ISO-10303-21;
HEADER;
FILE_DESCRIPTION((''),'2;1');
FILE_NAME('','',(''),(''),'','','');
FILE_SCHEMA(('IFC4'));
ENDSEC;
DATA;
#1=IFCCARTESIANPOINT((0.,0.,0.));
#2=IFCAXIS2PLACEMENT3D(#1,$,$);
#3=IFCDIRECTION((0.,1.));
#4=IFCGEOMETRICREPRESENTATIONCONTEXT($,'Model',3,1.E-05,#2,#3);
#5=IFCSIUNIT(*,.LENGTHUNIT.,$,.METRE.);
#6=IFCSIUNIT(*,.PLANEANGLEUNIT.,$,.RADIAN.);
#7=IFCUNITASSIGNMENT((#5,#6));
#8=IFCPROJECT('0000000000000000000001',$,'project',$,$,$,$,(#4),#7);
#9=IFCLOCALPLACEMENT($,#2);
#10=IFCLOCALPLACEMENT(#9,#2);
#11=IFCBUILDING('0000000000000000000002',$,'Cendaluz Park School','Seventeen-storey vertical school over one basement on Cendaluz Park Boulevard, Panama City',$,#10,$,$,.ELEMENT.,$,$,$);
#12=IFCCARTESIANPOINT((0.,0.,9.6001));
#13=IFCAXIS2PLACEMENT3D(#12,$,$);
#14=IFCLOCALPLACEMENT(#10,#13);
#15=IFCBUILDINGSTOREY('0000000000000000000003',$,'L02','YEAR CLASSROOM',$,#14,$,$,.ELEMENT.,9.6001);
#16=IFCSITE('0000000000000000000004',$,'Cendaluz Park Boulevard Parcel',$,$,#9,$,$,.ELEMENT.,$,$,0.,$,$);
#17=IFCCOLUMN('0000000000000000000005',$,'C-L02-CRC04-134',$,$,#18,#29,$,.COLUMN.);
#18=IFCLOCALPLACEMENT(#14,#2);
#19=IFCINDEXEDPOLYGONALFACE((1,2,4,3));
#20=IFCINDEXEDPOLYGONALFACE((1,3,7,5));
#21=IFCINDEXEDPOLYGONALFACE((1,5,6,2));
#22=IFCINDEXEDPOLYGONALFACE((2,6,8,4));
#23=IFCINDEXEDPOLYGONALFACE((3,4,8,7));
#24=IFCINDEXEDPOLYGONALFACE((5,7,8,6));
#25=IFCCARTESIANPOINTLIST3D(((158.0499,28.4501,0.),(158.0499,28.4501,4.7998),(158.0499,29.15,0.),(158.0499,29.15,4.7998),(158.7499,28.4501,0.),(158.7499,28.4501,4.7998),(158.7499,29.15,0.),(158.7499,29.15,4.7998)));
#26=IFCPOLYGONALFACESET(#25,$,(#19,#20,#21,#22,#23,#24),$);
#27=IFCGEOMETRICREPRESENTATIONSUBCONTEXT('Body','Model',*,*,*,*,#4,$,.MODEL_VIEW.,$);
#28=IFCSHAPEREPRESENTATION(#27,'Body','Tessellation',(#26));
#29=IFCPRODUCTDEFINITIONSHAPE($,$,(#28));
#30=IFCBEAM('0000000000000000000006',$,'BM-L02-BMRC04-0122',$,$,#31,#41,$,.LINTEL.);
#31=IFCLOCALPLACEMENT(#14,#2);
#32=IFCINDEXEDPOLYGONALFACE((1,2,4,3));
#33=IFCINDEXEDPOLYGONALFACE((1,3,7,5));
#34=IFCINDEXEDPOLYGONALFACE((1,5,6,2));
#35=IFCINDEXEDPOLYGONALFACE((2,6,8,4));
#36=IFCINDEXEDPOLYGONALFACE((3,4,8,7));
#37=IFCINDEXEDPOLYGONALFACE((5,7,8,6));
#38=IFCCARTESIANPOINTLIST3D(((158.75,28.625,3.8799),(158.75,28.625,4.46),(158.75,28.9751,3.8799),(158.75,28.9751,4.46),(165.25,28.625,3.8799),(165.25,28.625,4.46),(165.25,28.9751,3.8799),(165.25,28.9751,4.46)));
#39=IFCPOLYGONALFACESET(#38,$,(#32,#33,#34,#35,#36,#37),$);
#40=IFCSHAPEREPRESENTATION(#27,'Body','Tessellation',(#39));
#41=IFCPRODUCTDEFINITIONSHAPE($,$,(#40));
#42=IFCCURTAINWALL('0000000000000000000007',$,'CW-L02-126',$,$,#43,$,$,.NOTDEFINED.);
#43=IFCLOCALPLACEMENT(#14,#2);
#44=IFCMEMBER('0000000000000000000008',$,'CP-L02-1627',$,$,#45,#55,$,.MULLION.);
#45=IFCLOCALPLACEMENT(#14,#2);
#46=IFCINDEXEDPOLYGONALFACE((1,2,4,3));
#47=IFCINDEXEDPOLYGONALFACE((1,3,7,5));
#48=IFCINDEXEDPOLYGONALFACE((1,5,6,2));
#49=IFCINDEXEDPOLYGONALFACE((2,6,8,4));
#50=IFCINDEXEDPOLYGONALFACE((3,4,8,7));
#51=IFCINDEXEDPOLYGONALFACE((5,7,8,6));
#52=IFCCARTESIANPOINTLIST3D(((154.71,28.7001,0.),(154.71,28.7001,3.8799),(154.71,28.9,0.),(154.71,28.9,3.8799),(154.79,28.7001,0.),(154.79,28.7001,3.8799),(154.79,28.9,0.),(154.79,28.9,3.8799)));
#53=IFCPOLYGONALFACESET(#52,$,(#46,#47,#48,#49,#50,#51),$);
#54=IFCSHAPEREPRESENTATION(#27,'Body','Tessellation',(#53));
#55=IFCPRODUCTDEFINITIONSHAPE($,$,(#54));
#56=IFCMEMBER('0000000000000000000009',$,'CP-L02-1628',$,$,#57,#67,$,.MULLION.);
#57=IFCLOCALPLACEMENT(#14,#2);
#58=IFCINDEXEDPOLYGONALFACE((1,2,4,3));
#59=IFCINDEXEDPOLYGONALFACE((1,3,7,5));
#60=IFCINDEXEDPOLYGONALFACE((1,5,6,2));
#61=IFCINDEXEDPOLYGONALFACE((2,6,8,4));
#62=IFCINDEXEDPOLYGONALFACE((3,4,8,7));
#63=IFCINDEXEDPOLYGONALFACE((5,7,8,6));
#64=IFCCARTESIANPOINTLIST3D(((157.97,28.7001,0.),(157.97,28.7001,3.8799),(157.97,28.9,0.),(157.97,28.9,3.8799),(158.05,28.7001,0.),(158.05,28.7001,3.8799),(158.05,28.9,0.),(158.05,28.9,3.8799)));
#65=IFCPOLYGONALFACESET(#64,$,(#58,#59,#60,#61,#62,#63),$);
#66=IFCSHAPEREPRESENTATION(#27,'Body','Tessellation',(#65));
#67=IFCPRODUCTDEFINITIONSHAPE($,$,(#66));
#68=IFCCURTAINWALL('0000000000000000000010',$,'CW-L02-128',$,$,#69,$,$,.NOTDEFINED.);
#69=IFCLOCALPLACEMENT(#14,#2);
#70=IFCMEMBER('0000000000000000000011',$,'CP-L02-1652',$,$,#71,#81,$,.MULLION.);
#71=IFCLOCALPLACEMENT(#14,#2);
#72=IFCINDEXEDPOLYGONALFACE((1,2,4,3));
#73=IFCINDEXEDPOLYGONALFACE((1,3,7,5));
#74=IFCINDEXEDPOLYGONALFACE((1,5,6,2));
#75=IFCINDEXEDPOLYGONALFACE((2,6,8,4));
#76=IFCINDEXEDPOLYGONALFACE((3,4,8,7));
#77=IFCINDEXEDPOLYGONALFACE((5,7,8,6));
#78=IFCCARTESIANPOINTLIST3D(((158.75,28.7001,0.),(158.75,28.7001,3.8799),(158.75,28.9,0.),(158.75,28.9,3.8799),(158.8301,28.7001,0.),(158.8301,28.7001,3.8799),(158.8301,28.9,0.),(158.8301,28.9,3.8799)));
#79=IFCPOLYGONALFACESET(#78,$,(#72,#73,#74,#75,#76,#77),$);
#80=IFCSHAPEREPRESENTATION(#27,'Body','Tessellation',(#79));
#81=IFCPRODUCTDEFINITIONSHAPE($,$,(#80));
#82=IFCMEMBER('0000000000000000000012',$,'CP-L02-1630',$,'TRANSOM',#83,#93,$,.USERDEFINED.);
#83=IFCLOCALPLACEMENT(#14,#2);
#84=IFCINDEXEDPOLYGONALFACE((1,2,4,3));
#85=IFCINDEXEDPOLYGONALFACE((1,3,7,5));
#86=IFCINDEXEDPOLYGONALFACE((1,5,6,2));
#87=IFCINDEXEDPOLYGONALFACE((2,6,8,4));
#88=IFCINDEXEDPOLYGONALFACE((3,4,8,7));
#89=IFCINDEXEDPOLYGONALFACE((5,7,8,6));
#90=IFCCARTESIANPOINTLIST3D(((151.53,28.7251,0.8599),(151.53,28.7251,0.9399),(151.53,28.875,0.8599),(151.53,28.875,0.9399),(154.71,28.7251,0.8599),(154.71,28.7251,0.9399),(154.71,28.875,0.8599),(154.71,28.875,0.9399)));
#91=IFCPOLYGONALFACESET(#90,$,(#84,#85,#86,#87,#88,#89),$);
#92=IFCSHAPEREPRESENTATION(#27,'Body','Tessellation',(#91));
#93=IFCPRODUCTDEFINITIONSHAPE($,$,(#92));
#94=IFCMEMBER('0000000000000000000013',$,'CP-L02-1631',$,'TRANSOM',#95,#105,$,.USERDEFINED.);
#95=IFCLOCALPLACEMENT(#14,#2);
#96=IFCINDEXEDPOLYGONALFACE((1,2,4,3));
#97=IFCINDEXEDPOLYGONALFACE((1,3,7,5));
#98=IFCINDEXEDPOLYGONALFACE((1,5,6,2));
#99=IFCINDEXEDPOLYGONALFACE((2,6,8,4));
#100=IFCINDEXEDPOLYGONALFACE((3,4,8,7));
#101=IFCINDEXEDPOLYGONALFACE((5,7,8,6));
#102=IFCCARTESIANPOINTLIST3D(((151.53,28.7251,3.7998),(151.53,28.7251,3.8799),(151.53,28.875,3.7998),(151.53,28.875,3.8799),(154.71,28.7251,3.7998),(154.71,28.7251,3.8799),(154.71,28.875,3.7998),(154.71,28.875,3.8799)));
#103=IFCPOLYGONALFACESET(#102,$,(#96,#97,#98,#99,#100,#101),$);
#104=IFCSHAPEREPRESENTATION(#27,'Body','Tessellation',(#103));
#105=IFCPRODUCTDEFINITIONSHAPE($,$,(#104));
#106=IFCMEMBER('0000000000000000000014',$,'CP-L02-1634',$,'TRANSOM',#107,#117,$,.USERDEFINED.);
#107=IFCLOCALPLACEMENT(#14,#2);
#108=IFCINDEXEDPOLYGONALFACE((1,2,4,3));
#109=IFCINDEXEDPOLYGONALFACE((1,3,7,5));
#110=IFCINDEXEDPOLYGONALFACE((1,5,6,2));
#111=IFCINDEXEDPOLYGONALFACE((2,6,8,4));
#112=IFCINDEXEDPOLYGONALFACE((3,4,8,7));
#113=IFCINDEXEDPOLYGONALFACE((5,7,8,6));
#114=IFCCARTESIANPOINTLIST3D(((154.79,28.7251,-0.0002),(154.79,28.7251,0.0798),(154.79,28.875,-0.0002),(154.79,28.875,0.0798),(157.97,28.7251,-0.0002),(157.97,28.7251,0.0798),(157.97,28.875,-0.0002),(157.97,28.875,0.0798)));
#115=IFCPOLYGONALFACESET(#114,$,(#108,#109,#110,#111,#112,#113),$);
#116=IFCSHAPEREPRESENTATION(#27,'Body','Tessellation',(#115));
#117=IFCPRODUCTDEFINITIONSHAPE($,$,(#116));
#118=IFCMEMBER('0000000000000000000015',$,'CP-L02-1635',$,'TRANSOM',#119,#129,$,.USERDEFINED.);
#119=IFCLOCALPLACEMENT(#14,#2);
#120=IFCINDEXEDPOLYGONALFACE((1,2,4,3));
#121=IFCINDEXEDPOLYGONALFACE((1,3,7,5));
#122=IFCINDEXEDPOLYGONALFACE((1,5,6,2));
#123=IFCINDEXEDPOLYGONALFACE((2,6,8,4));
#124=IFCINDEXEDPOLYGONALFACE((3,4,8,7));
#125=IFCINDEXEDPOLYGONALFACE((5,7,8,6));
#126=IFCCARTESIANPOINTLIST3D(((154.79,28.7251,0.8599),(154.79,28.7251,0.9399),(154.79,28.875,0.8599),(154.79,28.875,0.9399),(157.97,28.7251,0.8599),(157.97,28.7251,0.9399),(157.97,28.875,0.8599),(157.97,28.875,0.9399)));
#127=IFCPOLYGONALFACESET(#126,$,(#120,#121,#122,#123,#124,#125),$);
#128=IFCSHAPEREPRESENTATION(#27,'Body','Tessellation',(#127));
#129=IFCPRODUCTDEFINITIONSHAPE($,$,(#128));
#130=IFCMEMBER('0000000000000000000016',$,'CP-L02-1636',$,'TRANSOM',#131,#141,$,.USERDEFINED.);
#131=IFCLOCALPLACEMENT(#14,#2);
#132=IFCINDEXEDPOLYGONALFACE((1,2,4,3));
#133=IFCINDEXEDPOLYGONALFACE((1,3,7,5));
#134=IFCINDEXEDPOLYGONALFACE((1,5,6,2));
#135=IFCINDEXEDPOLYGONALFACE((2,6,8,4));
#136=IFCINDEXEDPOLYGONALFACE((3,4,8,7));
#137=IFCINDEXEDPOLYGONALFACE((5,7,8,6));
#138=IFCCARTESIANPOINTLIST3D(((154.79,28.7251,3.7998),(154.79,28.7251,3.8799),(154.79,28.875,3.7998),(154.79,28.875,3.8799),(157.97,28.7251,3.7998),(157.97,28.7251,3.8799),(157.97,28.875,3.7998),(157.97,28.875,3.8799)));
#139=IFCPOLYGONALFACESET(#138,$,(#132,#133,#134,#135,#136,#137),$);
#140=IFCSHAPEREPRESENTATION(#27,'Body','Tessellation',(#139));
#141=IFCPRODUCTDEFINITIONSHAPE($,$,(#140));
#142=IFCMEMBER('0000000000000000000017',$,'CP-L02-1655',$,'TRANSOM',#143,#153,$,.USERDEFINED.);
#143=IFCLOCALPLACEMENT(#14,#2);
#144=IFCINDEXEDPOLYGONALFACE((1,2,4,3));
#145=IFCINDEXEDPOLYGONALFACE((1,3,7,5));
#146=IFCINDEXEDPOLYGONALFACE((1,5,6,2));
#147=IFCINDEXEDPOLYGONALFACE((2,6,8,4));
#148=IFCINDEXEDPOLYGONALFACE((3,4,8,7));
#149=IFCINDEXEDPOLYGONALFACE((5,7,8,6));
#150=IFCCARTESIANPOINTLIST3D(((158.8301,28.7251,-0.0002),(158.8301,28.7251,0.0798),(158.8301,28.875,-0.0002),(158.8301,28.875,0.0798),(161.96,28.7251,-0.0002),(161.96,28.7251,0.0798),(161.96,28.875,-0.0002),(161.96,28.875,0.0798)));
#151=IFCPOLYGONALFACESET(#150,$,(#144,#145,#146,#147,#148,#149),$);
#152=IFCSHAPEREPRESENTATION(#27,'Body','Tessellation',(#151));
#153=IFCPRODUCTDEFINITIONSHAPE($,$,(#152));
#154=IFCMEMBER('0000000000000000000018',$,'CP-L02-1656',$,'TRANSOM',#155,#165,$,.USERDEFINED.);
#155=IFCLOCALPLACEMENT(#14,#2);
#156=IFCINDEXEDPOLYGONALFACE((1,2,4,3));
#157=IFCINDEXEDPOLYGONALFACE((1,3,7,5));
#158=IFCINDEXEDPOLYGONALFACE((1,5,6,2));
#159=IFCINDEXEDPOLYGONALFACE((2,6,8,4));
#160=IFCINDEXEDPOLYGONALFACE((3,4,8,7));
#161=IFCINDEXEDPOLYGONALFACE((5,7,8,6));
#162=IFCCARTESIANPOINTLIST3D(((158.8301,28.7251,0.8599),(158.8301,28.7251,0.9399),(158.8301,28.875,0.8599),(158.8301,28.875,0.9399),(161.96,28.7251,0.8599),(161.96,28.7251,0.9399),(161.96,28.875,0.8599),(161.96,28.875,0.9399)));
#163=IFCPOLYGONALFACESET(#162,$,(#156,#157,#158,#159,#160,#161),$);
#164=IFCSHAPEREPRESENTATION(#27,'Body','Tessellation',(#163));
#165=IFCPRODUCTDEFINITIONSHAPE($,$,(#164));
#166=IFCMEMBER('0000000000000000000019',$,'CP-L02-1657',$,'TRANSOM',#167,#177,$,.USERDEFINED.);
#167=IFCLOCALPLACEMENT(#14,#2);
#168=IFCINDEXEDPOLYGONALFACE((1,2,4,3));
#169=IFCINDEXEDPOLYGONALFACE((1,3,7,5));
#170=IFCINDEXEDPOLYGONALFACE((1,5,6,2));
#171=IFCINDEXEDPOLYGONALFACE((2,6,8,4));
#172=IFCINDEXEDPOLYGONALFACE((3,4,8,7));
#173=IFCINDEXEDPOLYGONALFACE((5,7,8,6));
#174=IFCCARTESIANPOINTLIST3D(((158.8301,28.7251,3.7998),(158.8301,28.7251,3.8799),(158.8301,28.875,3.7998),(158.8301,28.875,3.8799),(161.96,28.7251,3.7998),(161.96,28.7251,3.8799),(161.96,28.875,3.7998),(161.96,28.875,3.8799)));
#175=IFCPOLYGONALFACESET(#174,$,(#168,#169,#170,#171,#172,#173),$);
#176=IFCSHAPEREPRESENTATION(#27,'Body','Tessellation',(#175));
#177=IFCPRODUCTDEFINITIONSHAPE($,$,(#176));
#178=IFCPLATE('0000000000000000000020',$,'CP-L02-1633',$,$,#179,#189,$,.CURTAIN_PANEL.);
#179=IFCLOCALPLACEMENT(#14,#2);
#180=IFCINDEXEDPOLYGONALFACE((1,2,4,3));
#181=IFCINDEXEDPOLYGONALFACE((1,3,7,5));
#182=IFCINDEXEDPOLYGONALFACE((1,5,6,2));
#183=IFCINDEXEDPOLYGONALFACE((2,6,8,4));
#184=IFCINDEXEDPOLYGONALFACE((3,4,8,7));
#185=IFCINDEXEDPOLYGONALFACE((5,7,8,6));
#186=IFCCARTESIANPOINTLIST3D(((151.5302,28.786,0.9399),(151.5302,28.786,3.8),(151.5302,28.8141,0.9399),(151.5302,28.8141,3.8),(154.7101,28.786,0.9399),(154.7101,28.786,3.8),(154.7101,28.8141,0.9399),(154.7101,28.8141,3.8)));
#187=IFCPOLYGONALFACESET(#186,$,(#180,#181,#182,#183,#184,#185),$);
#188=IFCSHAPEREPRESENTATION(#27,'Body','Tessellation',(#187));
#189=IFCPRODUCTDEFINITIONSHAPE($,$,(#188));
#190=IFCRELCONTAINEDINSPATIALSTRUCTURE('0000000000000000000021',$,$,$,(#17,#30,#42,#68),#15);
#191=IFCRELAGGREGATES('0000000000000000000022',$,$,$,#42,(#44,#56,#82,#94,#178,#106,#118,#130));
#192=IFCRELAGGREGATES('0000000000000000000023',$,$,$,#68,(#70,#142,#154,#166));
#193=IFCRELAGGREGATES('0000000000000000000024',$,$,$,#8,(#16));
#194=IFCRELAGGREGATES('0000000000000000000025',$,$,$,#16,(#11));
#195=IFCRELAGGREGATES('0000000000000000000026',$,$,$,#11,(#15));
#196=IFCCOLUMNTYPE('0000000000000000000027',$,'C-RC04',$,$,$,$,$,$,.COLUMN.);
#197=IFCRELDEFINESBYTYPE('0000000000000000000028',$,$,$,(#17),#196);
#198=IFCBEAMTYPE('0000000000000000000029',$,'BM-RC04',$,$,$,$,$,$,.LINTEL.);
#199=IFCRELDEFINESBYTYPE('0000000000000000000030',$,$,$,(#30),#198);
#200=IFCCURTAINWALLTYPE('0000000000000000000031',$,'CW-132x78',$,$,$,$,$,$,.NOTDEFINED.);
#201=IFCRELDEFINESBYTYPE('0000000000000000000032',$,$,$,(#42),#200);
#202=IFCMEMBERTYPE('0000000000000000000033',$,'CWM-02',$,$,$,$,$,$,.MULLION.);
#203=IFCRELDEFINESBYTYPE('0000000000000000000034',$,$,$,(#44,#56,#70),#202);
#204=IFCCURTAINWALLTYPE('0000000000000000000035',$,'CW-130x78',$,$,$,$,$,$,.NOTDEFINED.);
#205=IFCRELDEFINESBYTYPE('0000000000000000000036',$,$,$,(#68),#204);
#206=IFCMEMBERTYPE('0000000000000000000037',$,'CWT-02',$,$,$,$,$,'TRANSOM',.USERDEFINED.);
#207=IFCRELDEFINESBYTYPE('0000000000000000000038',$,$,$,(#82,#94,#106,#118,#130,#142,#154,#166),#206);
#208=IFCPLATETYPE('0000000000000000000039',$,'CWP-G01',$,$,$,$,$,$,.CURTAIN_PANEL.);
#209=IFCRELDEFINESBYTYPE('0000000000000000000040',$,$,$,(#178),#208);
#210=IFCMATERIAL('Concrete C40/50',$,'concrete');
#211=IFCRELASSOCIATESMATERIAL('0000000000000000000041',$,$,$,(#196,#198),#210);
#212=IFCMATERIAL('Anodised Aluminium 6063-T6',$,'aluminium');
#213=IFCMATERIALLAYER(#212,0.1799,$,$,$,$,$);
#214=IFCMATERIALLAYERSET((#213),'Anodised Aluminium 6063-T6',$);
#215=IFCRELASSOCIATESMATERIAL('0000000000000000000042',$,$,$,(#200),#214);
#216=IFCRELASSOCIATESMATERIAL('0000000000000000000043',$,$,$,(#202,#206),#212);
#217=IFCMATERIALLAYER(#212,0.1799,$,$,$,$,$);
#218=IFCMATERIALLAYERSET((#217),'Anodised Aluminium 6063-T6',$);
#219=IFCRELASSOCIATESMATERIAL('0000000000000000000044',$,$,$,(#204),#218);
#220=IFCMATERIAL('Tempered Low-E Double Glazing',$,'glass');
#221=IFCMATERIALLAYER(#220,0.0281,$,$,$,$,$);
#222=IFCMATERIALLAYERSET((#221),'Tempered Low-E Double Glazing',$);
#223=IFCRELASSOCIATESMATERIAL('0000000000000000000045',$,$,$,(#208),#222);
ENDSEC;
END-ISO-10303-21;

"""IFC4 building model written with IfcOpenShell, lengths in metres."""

from ifc_helpers import new_model, si_unit, direction, frame, origin, origin_2d, place, context, subcontext, project, spatial, rectangle, extrude, material, layer, layer_set, material_profile, profile_set, type_object, element, aggregate, save


model = new_model("IFC4")

# Units and contexts
model_context = context("Model", 3, precision=1e-05, world=origin(), true_north=direction((0.0, 1.0)))
body_context = subcontext(model_context, "Body", "Model", "MODEL_VIEW")
ifc_project = project(units=[si_unit("LENGTHUNIT", "METRE"), si_unit("PLANEANGLEUNIT", "RADIAN")], contexts=[model_context])

# Site, building, storey
site_placement = place(None, origin())
site = spatial("IfcSite", under=ifc_project, at=site_placement, Name="Cendaluz Park Boulevard Parcel", CompositionType="ELEMENT", RefElevation=0.0)
building_placement = place(site_placement, origin())
building = spatial("IfcBuilding", under=site, at=building_placement, Name="Cendaluz Park School", Description="Seventeen-storey vertical school over one basement on Cendaluz Park Boulevard, Panama City", CompositionType="ELEMENT")
storey_placement = place(building_placement, frame((0.0, 0.0, 9.6001)))
storey = spatial("IfcBuildingStorey", under=building, at=storey_placement, Name="L02", Description="YEAR CLASSROOM", CompositionType="ELEMENT", Elevation=9.6001)

# Column
ifc_material_1 = material(Name="Concrete C40/50", Category="concrete")
ifc_material_profile_1 = material_profile(ifc_material_1, rectangle(XDim=0.7, YDim=0.7, at=origin_2d()), Name="RC 700x700", Category="concrete")
ifc_profile_set_1 = profile_set([ifc_material_profile_1], Name="Concrete C40/50")
column_type = type_object("IfcColumnType", Name="C-RC04", PredefinedType="COLUMN", material=ifc_profile_set_1)
column_placement = place(storey_placement, frame((158.3999, 28.8, 0.0), z_axis=(0.0, 0.0, 1.0), x_axis=(1.0, 0.0, 0.0)))
element("IfcColumn", 1, at=column_placement, inside=storey, type_object=column_type, Name="C-L02-CRC04-134", PredefinedType="COLUMN", context=body_context, shape_type="SweptSolid", body=[
    extrude(rectangle(XDim=0.7, YDim=0.7, at=origin_2d()), origin(), (0.0, 0.0, 1.0), 4.7998),
])

# Beam
ifc_material_profile_2 = material_profile(ifc_material_1, rectangle(XDim=0.3501, YDim=0.5801, at=origin_2d()), Name="RC 350x580", Category="concrete")
ifc_profile_set_2 = profile_set([ifc_material_profile_2], Name="Concrete C40/50")
beam_type = type_object("IfcBeamType", Name="BM-RC04", PredefinedType="LINTEL", material=ifc_profile_set_2)
beam_placement = place(storey_placement, frame((158.75, 28.8, 4.1699), z_axis=(1.0, 0.0, 0.0), x_axis=(0.0, 1.0, 0.0)))
element("IfcBeam", 2, at=beam_placement, inside=storey, type_object=beam_type, Name="BM-L02-BMRC04-0122", PredefinedType="LINTEL", context=body_context, shape_type="SweptSolid", body=[
    extrude(rectangle(XDim=0.3501, YDim=0.5801, at=origin_2d()), origin(), (0.0, 0.0, 1.0), 6.5),
])

# Curtain wall, members
ifc_material_2 = material(Name="Anodised Aluminium 6063-T6", Category="aluminium")
ifc_layer_1 = layer(ifc_material_2, 0.1799)
ifc_layer_set_1 = layer_set([ifc_layer_1], Name="Anodised Aluminium 6063-T6")
curtain_wall_type_1 = type_object("IfcCurtainWallType", Name="CW-132x78", PredefinedType="NOTDEFINED", material=ifc_layer_set_1)
curtain_wall_1_placement = place(storey_placement, origin())
curtain_wall_1 = element("IfcCurtainWall", 3, at=curtain_wall_1_placement, inside=storey, type_object=curtain_wall_type_1, Name="CW-L02-126", PredefinedType="NOTDEFINED")
ifc_material_profile_3 = material_profile(ifc_material_2, rectangle(XDim=0.2, YDim=0.0801, at=origin_2d()), Name="CWM 200x80", Category="aluminium")
ifc_profile_set_3 = profile_set([ifc_material_profile_3], Name="Anodised Aluminium 6063-T6")
member_type_1 = type_object("IfcMemberType", Name="CWM-02", PredefinedType="MULLION", material=ifc_profile_set_3)
member_1_placement = place(storey_placement, frame((154.75, 28.8, 0.0), z_axis=(0.0, 0.0, 1.0), x_axis=(0.0, 1.0, 0.0)))
member_1 = element("IfcMember", 4, at=member_1_placement, type_object=member_type_1, Name="CP-L02-1627", PredefinedType="MULLION", context=body_context, shape_type="SweptSolid", body=[
    extrude(rectangle(XDim=0.2, YDim=0.0801, at=origin_2d()), origin(), (0.0, 0.0, 1.0), 3.8799),
])
member_2_placement = place(storey_placement, frame((158.01, 28.8, 0.0), z_axis=(0.0, 0.0, 1.0), x_axis=(0.0, 1.0, 0.0)))
member_2 = element("IfcMember", 5, at=member_2_placement, type_object=member_type_1, Name="CP-L02-1628", PredefinedType="MULLION", context=body_context, shape_type="SweptSolid", body=[
    extrude(rectangle(XDim=0.2, YDim=0.0801, at=origin_2d()), origin(), (0.0, 0.0, 1.0), 3.8799),
])

# Curtain wall, member
ifc_layer_2 = layer(ifc_material_2, 0.1799)
ifc_layer_set_2 = layer_set([ifc_layer_2], Name="Anodised Aluminium 6063-T6")
curtain_wall_type_2 = type_object("IfcCurtainWallType", Name="CW-130x78", PredefinedType="NOTDEFINED", material=ifc_layer_set_2)
curtain_wall_2_placement = place(storey_placement, origin())
curtain_wall_2 = element("IfcCurtainWall", 6, at=curtain_wall_2_placement, inside=storey, type_object=curtain_wall_type_2, Name="CW-L02-128", PredefinedType="NOTDEFINED")
member_3_placement = place(storey_placement, frame((158.79, 28.8, 0.0), z_axis=(0.0, 0.0, 1.0), x_axis=(0.0, 1.0, 0.0)))
member_3 = element("IfcMember", 7, at=member_3_placement, type_object=member_type_1, Name="CP-L02-1652", PredefinedType="MULLION", context=body_context, shape_type="SweptSolid", body=[
    extrude(rectangle(XDim=0.2, YDim=0.0801, at=origin_2d()), origin(), (0.0, 0.0, 1.0), 3.8799),
])

# Members
ifc_material_profile_4 = material_profile(ifc_material_2, rectangle(XDim=0.1499, YDim=0.0801, at=origin_2d()), Name="CWT 150x80", Category="aluminium")
ifc_profile_set_4 = profile_set([ifc_material_profile_4], Name="Anodised Aluminium 6063-T6")
member_type_2 = type_object("IfcMemberType", Name="CWT-02", ElementType="TRANSOM", PredefinedType="USERDEFINED", material=ifc_profile_set_4)
member_4_placement = place(storey_placement, frame((151.53, 28.8, 0.8999), z_axis=(1.0, 0.0, 0.0), x_axis=(0.0, 1.0, 0.0)))
member_4 = element("IfcMember", 8, at=member_4_placement, type_object=member_type_2, Name="CP-L02-1630", ObjectType="TRANSOM", PredefinedType="USERDEFINED", context=body_context, shape_type="SweptSolid", body=[
    extrude(rectangle(XDim=0.1499, YDim=0.0801, at=origin_2d()), origin(), (0.0, 0.0, 1.0), 3.1799),
])
member_5_placement = place(storey_placement, frame((151.53, 28.8, 3.8398), z_axis=(1.0, 0.0, 0.0), x_axis=(0.0, 1.0, 0.0)))
member_5 = element("IfcMember", 9, at=member_5_placement, type_object=member_type_2, Name="CP-L02-1631", ObjectType="TRANSOM", PredefinedType="USERDEFINED", context=body_context, shape_type="SweptSolid", body=[
    extrude(rectangle(XDim=0.1499, YDim=0.0801, at=origin_2d()), origin(), (0.0, 0.0, 1.0), 3.1799),
])
member_6_placement = place(storey_placement, frame((154.79, 28.8, 0.0398), z_axis=(1.0, 0.0, 0.0), x_axis=(0.0, 1.0, 0.0)))
member_6 = element("IfcMember", 10, at=member_6_placement, type_object=member_type_2, Name="CP-L02-1634", ObjectType="TRANSOM", PredefinedType="USERDEFINED", context=body_context, shape_type="SweptSolid", body=[
    extrude(rectangle(XDim=0.1499, YDim=0.0801, at=origin_2d()), origin(), (0.0, 0.0, 1.0), 3.1799),
])
member_7_placement = place(storey_placement, frame((154.79, 28.8, 0.8999), z_axis=(1.0, 0.0, 0.0), x_axis=(0.0, 1.0, 0.0)))
member_7 = element("IfcMember", 11, at=member_7_placement, type_object=member_type_2, Name="CP-L02-1635", ObjectType="TRANSOM", PredefinedType="USERDEFINED", context=body_context, shape_type="SweptSolid", body=[
    extrude(rectangle(XDim=0.1499, YDim=0.0801, at=origin_2d()), origin(), (0.0, 0.0, 1.0), 3.1799),
])
member_8_placement = place(storey_placement, frame((154.79, 28.8, 3.8398), z_axis=(1.0, 0.0, 0.0), x_axis=(0.0, 1.0, 0.0)))
member_8 = element("IfcMember", 12, at=member_8_placement, type_object=member_type_2, Name="CP-L02-1636", ObjectType="TRANSOM", PredefinedType="USERDEFINED", context=body_context, shape_type="SweptSolid", body=[
    extrude(rectangle(XDim=0.1499, YDim=0.0801, at=origin_2d()), origin(), (0.0, 0.0, 1.0), 3.1799),
])
member_9_placement = place(storey_placement, frame((158.8301, 28.8, 0.0398), z_axis=(1.0, 0.0, 0.0), x_axis=(0.0, 1.0, 0.0)))
member_9 = element("IfcMember", 13, at=member_9_placement, type_object=member_type_2, Name="CP-L02-1655", ObjectType="TRANSOM", PredefinedType="USERDEFINED", context=body_context, shape_type="SweptSolid", body=[
    extrude(rectangle(XDim=0.1499, YDim=0.0801, at=origin_2d()), origin(), (0.0, 0.0, 1.0), 3.1299),
])
member_10_placement = place(storey_placement, frame((158.8301, 28.8, 0.8999), z_axis=(1.0, 0.0, 0.0), x_axis=(0.0, 1.0, 0.0)))
member_10 = element("IfcMember", 14, at=member_10_placement, type_object=member_type_2, Name="CP-L02-1656", ObjectType="TRANSOM", PredefinedType="USERDEFINED", context=body_context, shape_type="SweptSolid", body=[
    extrude(rectangle(XDim=0.1499, YDim=0.0801, at=origin_2d()), origin(), (0.0, 0.0, 1.0), 3.1299),
])
member_11_placement = place(storey_placement, frame((158.8301, 28.8, 3.8398), z_axis=(1.0, 0.0, 0.0), x_axis=(0.0, 1.0, 0.0)))
member_11 = element("IfcMember", 15, at=member_11_placement, type_object=member_type_2, Name="CP-L02-1657", ObjectType="TRANSOM", PredefinedType="USERDEFINED", context=body_context, shape_type="SweptSolid", body=[
    extrude(rectangle(XDim=0.1499, YDim=0.0801, at=origin_2d()), origin(), (0.0, 0.0, 1.0), 3.1299),
])

# Plate
ifc_material_3 = material(Name="Tempered Low-E Double Glazing", Category="glass")
ifc_layer_3 = layer(ifc_material_3, 0.0281)
ifc_layer_set_3 = layer_set([ifc_layer_3], Name="Tempered Low-E Double Glazing")
plate_type_1 = type_object("IfcPlateType", Name="CWP-G01", PredefinedType="CURTAIN_PANEL", material=ifc_layer_set_3)
plate_1_placement = place(storey_placement, frame((153.1201, 28.8, 0.9399), z_axis=(0.0, 0.0, 1.0), x_axis=(1.0, 0.0, 0.0)))
plate_1 = element("IfcPlate", 16, at=plate_1_placement, type_object=plate_type_1, Name="CP-L02-1633", PredefinedType="CURTAIN_PANEL", context=body_context, shape_type="SweptSolid", body=[
    extrude(rectangle(XDim=3.1799, YDim=0.0281, at=origin_2d()), origin(), (0.0, 0.0, 1.0), 2.8601),
])
aggregate(curtain_wall_1, [member_1, member_2, member_4, member_5, plate_1, member_6, member_7, member_8])
aggregate(curtain_wall_2, [member_3, member_9, member_10, member_11])

save(model, "model.ifc")
